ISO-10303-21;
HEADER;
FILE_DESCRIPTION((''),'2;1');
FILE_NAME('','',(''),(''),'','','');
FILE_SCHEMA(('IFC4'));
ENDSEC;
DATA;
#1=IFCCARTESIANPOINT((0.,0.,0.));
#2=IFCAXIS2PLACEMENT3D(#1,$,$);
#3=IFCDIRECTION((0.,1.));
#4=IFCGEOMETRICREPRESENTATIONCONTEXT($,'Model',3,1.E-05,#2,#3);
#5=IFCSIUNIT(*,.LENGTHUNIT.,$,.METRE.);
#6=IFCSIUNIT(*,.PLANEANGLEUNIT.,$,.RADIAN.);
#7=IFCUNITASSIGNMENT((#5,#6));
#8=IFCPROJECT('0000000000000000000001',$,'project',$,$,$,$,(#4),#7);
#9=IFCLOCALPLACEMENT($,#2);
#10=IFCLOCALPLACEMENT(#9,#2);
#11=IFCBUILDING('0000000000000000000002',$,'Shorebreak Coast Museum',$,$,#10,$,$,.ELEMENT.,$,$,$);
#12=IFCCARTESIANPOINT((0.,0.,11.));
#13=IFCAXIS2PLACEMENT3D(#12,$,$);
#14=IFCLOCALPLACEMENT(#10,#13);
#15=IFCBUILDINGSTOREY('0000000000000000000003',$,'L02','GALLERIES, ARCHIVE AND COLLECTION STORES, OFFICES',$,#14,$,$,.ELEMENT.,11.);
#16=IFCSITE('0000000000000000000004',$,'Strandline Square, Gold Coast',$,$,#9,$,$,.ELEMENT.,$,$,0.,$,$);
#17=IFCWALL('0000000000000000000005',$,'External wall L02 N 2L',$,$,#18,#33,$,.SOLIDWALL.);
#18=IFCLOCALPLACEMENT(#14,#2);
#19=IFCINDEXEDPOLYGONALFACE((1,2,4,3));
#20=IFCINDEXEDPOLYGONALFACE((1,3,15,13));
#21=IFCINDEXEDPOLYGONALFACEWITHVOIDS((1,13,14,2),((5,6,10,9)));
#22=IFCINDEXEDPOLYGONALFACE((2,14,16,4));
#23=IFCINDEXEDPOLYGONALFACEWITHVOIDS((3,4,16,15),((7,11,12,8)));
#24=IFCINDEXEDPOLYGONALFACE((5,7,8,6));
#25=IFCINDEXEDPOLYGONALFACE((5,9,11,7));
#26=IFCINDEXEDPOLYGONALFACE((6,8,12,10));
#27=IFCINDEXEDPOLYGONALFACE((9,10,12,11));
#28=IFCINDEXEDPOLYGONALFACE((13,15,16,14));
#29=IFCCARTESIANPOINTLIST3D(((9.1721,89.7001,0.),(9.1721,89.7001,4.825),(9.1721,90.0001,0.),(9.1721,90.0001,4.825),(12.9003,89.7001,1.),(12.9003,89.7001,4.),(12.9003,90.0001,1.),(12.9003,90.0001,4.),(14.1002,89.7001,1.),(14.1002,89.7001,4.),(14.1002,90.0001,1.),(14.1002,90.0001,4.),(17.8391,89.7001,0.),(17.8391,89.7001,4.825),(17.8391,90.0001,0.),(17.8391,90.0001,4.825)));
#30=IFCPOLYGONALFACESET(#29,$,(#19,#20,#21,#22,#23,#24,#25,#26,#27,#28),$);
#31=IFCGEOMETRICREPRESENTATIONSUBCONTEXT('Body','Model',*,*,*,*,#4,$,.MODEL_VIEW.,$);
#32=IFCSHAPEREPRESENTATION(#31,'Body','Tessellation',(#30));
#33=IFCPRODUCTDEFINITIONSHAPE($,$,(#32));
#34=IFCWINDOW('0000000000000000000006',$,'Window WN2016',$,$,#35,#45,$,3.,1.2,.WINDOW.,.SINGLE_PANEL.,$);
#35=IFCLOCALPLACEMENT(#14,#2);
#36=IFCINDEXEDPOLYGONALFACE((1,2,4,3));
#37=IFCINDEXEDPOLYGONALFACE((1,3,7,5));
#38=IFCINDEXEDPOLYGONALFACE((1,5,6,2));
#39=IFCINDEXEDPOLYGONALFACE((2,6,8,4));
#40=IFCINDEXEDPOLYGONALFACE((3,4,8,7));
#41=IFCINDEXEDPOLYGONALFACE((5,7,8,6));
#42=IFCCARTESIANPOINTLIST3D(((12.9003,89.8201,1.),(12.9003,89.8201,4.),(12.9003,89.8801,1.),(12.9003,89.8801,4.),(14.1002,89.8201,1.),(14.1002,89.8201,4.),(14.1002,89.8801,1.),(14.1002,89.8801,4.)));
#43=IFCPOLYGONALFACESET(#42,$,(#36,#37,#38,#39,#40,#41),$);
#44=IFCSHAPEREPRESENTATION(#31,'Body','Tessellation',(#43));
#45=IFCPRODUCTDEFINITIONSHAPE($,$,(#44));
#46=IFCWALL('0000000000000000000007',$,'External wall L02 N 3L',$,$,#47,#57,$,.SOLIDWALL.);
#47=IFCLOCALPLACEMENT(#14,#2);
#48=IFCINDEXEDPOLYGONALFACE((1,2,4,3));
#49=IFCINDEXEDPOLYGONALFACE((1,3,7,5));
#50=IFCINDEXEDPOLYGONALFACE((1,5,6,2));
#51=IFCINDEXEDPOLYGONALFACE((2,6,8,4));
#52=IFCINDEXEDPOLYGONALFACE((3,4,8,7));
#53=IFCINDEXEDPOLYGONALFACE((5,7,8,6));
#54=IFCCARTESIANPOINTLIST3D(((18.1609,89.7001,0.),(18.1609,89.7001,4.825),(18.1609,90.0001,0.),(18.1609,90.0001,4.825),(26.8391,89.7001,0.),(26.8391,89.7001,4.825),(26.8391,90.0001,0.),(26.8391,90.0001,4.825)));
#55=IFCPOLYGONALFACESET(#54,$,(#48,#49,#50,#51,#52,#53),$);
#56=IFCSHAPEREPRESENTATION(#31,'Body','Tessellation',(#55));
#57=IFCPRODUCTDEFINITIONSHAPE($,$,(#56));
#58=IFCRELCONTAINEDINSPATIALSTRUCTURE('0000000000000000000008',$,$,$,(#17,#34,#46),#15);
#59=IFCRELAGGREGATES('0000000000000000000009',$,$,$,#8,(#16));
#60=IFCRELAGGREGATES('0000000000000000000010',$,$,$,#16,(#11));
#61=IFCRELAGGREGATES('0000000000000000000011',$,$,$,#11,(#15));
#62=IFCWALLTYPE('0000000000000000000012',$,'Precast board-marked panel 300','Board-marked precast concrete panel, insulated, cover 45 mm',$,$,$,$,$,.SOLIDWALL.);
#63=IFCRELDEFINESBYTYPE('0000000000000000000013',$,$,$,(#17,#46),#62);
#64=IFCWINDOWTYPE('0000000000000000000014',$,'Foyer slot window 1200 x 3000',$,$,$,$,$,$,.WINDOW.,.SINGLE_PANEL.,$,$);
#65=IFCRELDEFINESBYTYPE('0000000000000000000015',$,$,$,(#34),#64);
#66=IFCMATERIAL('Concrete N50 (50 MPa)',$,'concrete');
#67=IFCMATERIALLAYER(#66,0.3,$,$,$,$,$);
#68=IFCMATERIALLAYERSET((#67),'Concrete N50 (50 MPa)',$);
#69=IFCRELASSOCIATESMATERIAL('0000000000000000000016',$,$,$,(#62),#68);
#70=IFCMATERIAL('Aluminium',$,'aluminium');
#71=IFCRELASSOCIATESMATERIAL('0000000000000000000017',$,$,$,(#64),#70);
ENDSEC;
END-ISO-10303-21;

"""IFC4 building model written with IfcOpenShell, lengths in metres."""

from ifc_helpers import new_model, si_unit, direction, frame, frame_2d, origin, place, context, subcontext, project, spatial, rectangle, extrude, material, layer, layer_set, type_object, element, fill, save


model = new_model("IFC4")

# Units and contexts
model_context = context("Model", 3, precision=1e-05, world=origin(), true_north=direction((0.0, 1.0)))
body_context = subcontext(model_context, "Body", "Model", "MODEL_VIEW")
ifc_project = project(units=[si_unit("LENGTHUNIT", "METRE"), si_unit("PLANEANGLEUNIT", "RADIAN")], contexts=[model_context])

# Site, building, storey
site_placement = place(None, origin())
site = spatial("IfcSite", under=ifc_project, at=site_placement, Name="Strandline Square, Gold Coast", CompositionType="ELEMENT", RefElevation=0.0)
building_placement = place(site_placement, origin())
building = spatial("IfcBuilding", under=site, at=building_placement, Name="Shorebreak Coast Museum", CompositionType="ELEMENT")
storey_placement = place(building_placement, frame((0.0, 0.0, 11.0)))
storey = spatial("IfcBuildingStorey", under=building, at=storey_placement, Name="L02", Description="GALLERIES, ARCHIVE AND COLLECTION STORES, OFFICES", CompositionType="ELEMENT", Elevation=11.0)

# Wall, opening, window
ifc_material_1 = material(Name="Concrete N50 (50 MPa)", Category="concrete")
ifc_layer_1 = layer(ifc_material_1, 0.3)
ifc_layer_set_1 = layer_set([ifc_layer_1], Name="Concrete N50 (50 MPa)")
wall_type_1 = type_object("IfcWallType", Name="Precast board-marked panel 300", Description="Board-marked precast concrete panel, insulated, cover 45 mm", PredefinedType="SOLIDWALL", material=ifc_layer_set_1)
wall_1_placement = place(storey_placement, frame((9.1721, 89.8501, 0.0), z_axis=(0.0, 0.0, 1.0), x_axis=(1.0, 0.0, 0.0)))
wall_1 = element("IfcWall", 1, at=wall_1_placement, inside=storey, type_object=wall_type_1, Name="External wall L02 N 2L", PredefinedType="SOLIDWALL", context=body_context, shape_type="SweptSolid", body=[
    extrude(rectangle(XDim=8.667, YDim=0.3, at=frame_2d((4.3335, 0.0))), origin(), (0.0, 0.0, 1.0), 4.825),
])
opening_1_placement = place(wall_1_placement, frame((3.728, 0.0, 1.0)))
opening_1 = element("IfcOpeningElement", 2, at=opening_1_placement, cuts=wall_1, PredefinedType="OPENING", context=body_context, shape_type="SweptSolid", body=[
    extrude(rectangle(XDim=1.2, YDim=3.0, at=frame_2d((0.6001, 1.5))), frame((0.0, 0.1599, 0.0), z_axis=(0.0, -1.0, 0.0), x_axis=(1.0, 0.0, 0.0)), (0.0, 0.0, 1.0), 0.3201),
])
ifc_material_2 = material(Name="Aluminium", Category="aluminium")
window_type = type_object("IfcWindowType", Name="Foyer slot window 1200 x 3000", PartitioningType="SINGLE_PANEL", PredefinedType="WINDOW", material=ifc_material_2)
window_placement = place(opening_1_placement, origin())
window = element("IfcWindow", 3, at=window_placement, inside=storey, type_object=window_type, Name="Window WN2016", OverallHeight=3.0, OverallWidth=1.2, PartitioningType="SINGLE_PANEL", PredefinedType="WINDOW", context=body_context, shape_type="SweptSolid", body=[
    extrude(rectangle(XDim=1.2, YDim=3.0, at=frame_2d((0.6001, 1.5))), frame((0.0, 0.03, 0.0), z_axis=(0.0, -1.0, 0.0), x_axis=(1.0, 0.0, 0.0)), (0.0, 0.0, 1.0), 0.0601),
])
fill(opening_1, window)

# Wall
wall_2_placement = place(storey_placement, frame((18.1609, 89.8501, 0.0), z_axis=(0.0, 0.0, 1.0), x_axis=(1.0, 0.0, 0.0)))
element("IfcWall", 4, at=wall_2_placement, inside=storey, type_object=wall_type_1, Name="External wall L02 N 3L", PredefinedType="SOLIDWALL", context=body_context, shape_type="SweptSolid", body=[
    extrude(rectangle(XDim=8.6782, YDim=0.3, at=frame_2d((4.3391, 0.0))), origin(), (0.0, 0.0, 1.0), 4.825),
])

save(model, "model.ifc")
